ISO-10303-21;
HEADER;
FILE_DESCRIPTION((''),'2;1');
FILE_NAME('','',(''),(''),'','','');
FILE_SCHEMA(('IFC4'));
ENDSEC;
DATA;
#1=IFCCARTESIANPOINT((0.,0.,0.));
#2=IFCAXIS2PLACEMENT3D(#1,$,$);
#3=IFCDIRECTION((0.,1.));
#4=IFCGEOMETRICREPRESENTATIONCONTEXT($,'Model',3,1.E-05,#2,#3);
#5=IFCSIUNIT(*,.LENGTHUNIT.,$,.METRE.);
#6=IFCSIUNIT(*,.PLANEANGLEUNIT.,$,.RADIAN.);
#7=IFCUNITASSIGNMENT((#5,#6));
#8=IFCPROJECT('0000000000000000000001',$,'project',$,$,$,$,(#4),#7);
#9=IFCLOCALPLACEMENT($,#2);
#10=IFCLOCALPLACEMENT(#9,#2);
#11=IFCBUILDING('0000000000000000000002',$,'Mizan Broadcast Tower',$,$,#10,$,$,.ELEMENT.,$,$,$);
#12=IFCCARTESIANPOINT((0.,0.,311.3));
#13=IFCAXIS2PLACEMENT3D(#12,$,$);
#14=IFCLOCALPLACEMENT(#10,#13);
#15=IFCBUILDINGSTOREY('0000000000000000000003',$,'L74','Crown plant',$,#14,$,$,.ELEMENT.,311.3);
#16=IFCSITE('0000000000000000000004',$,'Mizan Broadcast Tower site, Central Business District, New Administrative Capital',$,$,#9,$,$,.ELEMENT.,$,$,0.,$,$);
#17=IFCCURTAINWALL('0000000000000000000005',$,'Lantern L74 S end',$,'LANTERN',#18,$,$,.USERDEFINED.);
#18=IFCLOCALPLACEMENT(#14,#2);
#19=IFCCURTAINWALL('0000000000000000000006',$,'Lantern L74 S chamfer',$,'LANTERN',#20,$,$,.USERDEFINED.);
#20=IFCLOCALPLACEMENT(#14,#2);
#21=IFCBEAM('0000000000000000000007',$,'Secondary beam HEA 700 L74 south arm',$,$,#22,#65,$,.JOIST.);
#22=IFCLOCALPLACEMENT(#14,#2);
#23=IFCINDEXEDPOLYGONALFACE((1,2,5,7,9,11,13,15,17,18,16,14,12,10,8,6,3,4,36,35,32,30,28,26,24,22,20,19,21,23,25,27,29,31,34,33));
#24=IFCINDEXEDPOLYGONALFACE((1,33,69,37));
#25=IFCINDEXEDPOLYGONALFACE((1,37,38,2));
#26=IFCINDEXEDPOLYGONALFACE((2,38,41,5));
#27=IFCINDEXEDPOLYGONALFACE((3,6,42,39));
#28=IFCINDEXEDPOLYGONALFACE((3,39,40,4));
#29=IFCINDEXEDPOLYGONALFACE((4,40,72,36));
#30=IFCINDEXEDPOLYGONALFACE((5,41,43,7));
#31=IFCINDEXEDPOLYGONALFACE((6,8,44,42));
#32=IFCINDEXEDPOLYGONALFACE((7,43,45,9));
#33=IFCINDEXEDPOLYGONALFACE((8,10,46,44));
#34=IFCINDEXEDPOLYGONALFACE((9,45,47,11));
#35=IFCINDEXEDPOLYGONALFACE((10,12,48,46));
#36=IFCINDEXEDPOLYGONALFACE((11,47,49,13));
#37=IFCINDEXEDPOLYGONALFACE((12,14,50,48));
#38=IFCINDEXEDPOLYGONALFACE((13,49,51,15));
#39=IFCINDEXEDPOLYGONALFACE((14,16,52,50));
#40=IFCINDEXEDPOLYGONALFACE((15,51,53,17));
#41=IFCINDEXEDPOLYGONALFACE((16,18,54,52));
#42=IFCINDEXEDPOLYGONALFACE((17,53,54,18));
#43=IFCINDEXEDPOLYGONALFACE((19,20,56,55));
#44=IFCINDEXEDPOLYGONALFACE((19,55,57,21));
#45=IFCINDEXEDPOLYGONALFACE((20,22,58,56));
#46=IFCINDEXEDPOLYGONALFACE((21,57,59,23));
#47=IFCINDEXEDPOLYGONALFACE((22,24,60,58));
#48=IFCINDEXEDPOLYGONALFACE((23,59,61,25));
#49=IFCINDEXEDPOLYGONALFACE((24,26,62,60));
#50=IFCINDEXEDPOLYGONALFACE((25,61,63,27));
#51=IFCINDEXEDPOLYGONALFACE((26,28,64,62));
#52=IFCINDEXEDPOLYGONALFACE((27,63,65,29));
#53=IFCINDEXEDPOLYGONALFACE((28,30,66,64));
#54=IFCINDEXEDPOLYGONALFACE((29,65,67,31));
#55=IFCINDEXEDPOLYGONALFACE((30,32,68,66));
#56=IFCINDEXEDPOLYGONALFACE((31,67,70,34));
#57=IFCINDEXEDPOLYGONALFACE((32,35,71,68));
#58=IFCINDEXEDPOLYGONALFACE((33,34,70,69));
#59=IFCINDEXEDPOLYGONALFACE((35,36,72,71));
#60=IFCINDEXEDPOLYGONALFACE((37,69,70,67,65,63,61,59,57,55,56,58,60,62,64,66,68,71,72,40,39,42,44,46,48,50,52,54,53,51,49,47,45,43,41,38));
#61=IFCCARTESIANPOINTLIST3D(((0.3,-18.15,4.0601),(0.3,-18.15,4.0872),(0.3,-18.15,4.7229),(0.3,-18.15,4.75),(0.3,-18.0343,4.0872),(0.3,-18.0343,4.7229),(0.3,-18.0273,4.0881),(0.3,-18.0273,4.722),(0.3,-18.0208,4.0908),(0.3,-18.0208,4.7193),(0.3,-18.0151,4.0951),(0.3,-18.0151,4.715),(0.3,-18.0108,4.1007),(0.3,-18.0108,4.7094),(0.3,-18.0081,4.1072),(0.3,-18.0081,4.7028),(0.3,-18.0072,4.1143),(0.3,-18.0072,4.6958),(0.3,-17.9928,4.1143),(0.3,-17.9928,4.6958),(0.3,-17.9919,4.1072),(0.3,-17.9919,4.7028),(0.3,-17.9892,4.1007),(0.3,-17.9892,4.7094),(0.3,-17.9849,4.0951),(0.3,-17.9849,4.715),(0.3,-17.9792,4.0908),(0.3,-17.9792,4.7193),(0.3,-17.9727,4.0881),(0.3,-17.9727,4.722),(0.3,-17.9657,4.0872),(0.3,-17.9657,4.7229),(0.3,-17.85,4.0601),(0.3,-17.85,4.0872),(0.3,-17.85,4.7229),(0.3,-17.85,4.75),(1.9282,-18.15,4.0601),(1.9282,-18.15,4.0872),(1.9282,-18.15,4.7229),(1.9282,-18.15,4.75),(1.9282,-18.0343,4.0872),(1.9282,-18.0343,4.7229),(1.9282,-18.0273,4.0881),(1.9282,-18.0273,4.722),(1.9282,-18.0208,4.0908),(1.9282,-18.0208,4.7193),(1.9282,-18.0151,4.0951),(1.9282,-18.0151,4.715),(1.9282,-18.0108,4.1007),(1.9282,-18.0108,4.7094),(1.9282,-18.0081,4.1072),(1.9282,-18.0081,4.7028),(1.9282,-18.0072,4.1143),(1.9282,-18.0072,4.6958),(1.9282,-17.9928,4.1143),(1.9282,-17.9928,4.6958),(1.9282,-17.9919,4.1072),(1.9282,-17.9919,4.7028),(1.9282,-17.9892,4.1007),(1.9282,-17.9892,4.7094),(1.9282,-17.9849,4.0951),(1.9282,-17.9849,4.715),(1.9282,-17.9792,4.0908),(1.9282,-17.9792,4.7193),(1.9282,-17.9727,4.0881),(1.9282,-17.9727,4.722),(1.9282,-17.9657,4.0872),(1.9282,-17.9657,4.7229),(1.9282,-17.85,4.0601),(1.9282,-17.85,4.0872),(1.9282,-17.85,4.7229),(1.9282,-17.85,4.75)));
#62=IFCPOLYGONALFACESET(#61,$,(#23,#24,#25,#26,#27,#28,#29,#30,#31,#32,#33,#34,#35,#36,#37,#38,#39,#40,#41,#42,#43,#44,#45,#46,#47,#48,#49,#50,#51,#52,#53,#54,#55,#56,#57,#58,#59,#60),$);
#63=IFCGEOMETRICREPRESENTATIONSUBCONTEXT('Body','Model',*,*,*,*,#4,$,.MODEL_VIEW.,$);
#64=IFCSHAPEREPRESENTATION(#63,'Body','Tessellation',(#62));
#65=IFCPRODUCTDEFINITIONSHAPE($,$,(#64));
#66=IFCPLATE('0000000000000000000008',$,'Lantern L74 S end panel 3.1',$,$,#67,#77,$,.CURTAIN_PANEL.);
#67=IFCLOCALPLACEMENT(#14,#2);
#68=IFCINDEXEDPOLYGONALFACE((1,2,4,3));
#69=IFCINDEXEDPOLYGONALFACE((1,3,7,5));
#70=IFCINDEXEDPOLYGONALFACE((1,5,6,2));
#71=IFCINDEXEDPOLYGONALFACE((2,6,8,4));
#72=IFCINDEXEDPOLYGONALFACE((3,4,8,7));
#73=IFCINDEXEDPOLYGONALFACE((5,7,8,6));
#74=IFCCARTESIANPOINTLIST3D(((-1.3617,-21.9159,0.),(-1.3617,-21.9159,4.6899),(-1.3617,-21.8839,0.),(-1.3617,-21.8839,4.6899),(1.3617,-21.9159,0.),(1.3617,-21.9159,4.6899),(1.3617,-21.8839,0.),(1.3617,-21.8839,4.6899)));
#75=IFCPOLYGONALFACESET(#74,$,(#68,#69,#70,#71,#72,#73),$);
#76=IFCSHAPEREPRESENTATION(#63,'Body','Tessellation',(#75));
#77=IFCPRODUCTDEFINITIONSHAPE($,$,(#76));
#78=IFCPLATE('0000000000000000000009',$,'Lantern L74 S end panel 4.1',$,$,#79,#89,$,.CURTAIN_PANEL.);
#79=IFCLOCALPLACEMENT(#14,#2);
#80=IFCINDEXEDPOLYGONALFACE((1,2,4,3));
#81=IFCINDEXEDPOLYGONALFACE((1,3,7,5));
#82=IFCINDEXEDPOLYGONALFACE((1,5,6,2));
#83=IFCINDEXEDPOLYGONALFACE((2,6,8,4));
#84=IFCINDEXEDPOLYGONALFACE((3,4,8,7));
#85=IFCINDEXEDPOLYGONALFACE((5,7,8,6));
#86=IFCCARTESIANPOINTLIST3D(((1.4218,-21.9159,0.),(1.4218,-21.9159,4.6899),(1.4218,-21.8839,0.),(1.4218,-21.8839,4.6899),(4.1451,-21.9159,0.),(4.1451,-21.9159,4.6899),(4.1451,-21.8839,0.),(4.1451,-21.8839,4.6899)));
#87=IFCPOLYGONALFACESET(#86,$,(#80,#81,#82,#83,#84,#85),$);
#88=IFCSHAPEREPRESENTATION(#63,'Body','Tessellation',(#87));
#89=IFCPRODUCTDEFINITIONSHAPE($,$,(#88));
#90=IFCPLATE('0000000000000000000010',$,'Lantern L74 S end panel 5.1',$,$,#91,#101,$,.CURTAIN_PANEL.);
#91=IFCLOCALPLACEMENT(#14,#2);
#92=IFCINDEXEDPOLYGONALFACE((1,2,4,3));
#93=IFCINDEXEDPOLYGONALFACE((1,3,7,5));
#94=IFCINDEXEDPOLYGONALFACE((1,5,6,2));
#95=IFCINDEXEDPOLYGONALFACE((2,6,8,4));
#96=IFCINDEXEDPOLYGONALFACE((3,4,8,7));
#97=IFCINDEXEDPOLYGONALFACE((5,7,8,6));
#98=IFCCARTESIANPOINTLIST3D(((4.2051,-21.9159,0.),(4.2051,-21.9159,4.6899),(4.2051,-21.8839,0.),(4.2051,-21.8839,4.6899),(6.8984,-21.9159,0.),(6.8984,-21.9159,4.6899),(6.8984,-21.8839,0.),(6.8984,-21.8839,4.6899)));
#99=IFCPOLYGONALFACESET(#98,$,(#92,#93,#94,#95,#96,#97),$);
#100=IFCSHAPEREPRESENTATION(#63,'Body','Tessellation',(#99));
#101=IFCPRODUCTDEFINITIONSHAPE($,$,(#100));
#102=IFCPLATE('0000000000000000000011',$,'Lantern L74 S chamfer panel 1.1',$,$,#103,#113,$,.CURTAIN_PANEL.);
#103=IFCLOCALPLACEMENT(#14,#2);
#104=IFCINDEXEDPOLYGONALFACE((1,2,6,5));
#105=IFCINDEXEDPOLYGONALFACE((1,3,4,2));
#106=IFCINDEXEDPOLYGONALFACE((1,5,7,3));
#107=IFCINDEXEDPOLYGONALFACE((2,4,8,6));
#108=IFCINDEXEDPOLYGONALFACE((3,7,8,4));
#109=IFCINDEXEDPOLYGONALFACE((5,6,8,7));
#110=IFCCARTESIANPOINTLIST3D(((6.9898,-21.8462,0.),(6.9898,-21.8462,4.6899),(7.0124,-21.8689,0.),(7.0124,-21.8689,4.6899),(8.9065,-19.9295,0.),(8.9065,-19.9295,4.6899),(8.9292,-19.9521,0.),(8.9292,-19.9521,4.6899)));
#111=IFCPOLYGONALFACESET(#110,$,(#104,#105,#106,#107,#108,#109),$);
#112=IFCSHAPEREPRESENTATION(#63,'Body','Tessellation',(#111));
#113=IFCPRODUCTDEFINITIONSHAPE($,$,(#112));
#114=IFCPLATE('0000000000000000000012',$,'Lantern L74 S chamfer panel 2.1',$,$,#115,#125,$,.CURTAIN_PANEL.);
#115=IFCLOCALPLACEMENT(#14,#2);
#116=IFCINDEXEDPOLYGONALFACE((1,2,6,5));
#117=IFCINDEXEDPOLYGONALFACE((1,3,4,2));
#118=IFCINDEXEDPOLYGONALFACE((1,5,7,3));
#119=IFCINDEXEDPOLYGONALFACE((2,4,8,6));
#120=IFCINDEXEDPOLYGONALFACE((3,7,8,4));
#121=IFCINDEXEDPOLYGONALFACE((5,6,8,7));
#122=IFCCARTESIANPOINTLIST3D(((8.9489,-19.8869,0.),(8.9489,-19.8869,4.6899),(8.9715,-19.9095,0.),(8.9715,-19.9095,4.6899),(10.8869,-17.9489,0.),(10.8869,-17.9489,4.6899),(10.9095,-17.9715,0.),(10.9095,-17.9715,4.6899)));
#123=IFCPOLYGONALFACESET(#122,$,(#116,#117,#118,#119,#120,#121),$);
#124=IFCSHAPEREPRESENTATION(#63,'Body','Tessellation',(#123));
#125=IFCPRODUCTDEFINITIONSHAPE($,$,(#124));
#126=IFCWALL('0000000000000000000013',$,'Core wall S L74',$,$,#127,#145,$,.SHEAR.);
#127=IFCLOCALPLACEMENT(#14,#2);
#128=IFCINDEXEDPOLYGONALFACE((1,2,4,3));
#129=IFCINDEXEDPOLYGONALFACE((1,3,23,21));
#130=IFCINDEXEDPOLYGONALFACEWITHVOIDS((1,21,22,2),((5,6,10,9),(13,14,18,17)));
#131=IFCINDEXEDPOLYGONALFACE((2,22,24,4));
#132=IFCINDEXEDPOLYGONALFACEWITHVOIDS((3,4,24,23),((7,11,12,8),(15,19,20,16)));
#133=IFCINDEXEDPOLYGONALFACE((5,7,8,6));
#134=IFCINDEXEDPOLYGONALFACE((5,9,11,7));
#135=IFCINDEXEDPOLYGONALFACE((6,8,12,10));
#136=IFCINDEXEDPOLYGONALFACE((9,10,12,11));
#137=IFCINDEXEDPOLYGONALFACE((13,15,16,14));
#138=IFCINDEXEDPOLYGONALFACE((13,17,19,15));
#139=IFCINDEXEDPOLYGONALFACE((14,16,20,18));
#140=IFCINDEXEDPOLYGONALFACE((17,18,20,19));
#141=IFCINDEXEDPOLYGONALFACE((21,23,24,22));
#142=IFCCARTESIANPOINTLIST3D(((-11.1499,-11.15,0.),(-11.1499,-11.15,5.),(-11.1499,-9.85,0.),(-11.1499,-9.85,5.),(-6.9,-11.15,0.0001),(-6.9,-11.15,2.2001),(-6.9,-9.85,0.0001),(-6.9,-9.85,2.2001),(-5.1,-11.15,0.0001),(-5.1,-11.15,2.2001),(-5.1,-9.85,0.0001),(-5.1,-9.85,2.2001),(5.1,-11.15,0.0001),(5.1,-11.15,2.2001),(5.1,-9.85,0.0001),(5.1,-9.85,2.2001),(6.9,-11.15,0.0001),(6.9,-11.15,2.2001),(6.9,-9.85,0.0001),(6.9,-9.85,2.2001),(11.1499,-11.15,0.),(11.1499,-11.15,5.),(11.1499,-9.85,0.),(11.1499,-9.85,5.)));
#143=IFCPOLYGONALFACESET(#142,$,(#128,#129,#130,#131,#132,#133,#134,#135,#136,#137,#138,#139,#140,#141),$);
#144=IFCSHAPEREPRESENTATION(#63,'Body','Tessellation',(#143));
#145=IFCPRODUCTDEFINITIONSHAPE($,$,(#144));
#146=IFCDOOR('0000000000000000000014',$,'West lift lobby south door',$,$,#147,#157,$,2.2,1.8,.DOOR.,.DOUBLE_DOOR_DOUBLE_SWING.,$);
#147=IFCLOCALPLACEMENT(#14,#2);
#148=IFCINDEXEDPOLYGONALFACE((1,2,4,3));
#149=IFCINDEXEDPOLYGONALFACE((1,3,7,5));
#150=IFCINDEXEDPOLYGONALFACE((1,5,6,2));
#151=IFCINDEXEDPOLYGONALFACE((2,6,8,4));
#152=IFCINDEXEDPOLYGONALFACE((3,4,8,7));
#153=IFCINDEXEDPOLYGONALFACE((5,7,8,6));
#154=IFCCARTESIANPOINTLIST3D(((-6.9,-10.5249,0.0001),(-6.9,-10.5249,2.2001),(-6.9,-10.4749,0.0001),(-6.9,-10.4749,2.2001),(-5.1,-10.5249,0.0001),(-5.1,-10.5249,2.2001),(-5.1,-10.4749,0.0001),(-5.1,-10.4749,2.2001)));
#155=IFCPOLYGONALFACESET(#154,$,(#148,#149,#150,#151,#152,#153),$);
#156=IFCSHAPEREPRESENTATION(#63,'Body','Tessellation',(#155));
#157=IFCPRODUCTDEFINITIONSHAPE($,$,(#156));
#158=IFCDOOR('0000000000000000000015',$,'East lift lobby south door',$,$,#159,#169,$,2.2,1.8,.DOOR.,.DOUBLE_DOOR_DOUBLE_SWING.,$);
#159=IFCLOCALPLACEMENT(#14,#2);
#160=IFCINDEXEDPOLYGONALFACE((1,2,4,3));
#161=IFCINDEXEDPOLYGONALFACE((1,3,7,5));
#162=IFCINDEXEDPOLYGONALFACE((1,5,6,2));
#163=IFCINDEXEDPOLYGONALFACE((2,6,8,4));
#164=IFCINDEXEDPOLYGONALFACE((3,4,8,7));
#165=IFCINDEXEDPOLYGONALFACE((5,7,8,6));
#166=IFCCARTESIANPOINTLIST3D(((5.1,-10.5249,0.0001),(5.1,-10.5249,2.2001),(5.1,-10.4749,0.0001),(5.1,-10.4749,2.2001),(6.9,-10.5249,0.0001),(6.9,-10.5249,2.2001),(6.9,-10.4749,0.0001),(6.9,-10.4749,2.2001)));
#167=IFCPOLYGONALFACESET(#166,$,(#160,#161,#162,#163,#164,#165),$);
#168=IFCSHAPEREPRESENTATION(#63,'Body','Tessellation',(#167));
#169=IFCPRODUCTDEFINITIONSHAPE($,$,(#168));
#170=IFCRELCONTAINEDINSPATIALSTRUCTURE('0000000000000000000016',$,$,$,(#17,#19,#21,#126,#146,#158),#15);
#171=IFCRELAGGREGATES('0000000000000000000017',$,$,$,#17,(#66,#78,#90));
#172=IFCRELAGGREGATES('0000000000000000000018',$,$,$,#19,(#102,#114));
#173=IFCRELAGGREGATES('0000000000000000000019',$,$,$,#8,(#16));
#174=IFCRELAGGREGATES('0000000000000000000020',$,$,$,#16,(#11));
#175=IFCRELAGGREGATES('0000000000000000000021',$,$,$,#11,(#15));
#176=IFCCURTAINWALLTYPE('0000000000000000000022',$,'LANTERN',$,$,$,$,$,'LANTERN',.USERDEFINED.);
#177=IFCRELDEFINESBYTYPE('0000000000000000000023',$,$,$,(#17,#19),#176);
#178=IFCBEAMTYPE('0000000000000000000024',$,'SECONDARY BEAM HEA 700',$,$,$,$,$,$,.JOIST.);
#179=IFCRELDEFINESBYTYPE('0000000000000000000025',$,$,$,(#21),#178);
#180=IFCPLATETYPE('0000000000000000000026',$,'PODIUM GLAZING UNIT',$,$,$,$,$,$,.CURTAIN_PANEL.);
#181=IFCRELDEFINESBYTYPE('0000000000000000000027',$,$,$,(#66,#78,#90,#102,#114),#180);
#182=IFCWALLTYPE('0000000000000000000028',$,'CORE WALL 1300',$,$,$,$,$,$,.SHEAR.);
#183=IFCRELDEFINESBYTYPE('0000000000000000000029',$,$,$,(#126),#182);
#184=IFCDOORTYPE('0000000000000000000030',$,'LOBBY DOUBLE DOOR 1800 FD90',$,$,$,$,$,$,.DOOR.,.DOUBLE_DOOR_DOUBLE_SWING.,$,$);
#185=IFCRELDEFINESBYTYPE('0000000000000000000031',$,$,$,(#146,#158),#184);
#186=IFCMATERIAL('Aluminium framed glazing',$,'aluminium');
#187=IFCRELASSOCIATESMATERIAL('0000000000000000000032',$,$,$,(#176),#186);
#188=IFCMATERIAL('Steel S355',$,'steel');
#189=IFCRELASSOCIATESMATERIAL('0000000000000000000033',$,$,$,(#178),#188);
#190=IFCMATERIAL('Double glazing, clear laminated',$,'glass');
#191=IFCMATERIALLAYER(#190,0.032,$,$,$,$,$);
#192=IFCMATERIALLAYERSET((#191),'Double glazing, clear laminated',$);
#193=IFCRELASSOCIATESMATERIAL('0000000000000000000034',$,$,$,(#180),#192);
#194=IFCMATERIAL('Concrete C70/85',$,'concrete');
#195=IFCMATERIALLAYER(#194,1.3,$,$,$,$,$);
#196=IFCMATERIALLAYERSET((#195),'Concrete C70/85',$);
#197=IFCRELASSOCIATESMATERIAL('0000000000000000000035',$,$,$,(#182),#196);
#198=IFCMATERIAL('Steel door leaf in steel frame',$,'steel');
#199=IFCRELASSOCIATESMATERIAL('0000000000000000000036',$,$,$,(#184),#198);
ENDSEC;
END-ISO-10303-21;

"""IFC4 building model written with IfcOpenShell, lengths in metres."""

from ifc_helpers import new_model, si_unit, direction, frame, frame_2d, origin, origin_2d, place, context, subcontext, project, spatial, rectangle, i_section, extrude, material, layer, layer_set, material_profile, profile_set, type_object, element, fill, aggregate, save


model = new_model("IFC4")

# Units and contexts
model_context = context("Model", 3, precision=1e-05, world=origin(), true_north=direction((0.0, 1.0)))
body_context = subcontext(model_context, "Body", "Model", "MODEL_VIEW")
ifc_project = project(units=[si_unit("LENGTHUNIT", "METRE"), si_unit("PLANEANGLEUNIT", "RADIAN")], contexts=[model_context])

# Site, building, storey
site_placement = place(None, origin())
site = spatial("IfcSite", under=ifc_project, at=site_placement, Name="Mizan Broadcast Tower site, Central Business District, New Administrative Capital", CompositionType="ELEMENT", RefElevation=0.0)
building_placement = place(site_placement, origin())
building = spatial("IfcBuilding", under=site, at=building_placement, Name="Mizan Broadcast Tower", CompositionType="ELEMENT")
storey_placement = place(building_placement, frame((0.0, 0.0, 311.3)))
storey = spatial("IfcBuildingStorey", under=building, at=storey_placement, Name="L74", Description="Crown plant", CompositionType="ELEMENT", Elevation=311.3)

# Curtain walls
ifc_material_1 = material(Name="Aluminium framed glazing", Category="aluminium")
curtain_wall_type = type_object("IfcCurtainWallType", Name="LANTERN", ElementType="LANTERN", PredefinedType="USERDEFINED", material=ifc_material_1)
curtain_wall_1_placement = place(storey_placement, origin())
curtain_wall_1 = element("IfcCurtainWall", 1, at=curtain_wall_1_placement, inside=storey, type_object=curtain_wall_type, Name="Lantern L74 S end", ObjectType="LANTERN", PredefinedType="USERDEFINED")
curtain_wall_2_placement = place(storey_placement, origin())
curtain_wall_2 = element("IfcCurtainWall", 2, at=curtain_wall_2_placement, inside=storey, type_object=curtain_wall_type, Name="Lantern L74 S chamfer", ObjectType="LANTERN", PredefinedType="USERDEFINED")

# Beam
ifc_material_2 = material(Name="Steel S355", Category="steel")
ifc_material_profile_1 = material_profile(ifc_material_2, i_section(OverallWidth=0.3, OverallDepth=0.6899, WebThickness=0.0144, FlangeThickness=0.0271, FilletRadius=0.0271, at=origin_2d()), Name="HEA 700")
ifc_profile_set_1 = profile_set([ifc_material_profile_1], Name="Steel S355")
beam_type_1 = type_object("IfcBeamType", Name="SECONDARY BEAM HEA 700", PredefinedType="JOIST", material=ifc_profile_set_1)
beam_1_placement = place(storey_placement, frame((1.9282, -18.0, 4.405), z_axis=(-1.0, 0.0, 0.0), x_axis=(0.0, -1.0, 0.0)))
element("IfcBeam", 3, at=beam_1_placement, inside=storey, type_object=beam_type_1, Name="Secondary beam HEA 700 L74 south arm", PredefinedType="JOIST", context=body_context, shape_type="SweptSolid", body=[
    extrude(i_section(OverallWidth=0.3, OverallDepth=0.6899, WebThickness=0.0144, FlangeThickness=0.0271, FilletRadius=0.0271, at=origin_2d()), origin(), (0.0, 0.0, 1.0), 1.6282),
])

# Plates
ifc_material_3 = material(Name="Double glazing, clear laminated", Category="glass")
ifc_layer_1 = layer(ifc_material_3, 0.032)
ifc_layer_set_1 = layer_set([ifc_layer_1], Name="Double glazing, clear laminated")
plate_type = type_object("IfcPlateType", Name="PODIUM GLAZING UNIT", PredefinedType="CURTAIN_PANEL", material=ifc_layer_set_1)
plate_1_placement = place(storey_placement, frame((0.0, -21.8999, 0.0), z_axis=(0.0, 0.0, 1.0), x_axis=(1.0, 0.0, 0.0)))
plate_1 = element("IfcPlate", 4, at=plate_1_placement, type_object=plate_type, Name="Lantern L74 S end panel 3.1", PredefinedType="CURTAIN_PANEL", context=body_context, shape_type="SweptSolid", body=[
    extrude(rectangle(XDim=2.7234, YDim=0.032, at=origin_2d()), origin(), (0.0, 0.0, 1.0), 4.6899),
])
plate_2_placement = place(storey_placement, frame((2.7834, -21.8999, 0.0), z_axis=(0.0, 0.0, 1.0), x_axis=(1.0, 0.0, 0.0)))
plate_2 = element("IfcPlate", 5, at=plate_2_placement, type_object=plate_type, Name="Lantern L74 S end panel 4.1", PredefinedType="CURTAIN_PANEL", context=body_context, shape_type="SweptSolid", body=[
    extrude(rectangle(XDim=2.7234, YDim=0.032, at=origin_2d()), origin(), (0.0, 0.0, 1.0), 4.6899),
])
plate_3_placement = place(storey_placement, frame((5.5518, -21.8999, 0.0), z_axis=(0.0, 0.0, 1.0), x_axis=(1.0, 0.0, 0.0)))
plate_3 = element("IfcPlate", 6, at=plate_3_placement, type_object=plate_type, Name="Lantern L74 S end panel 5.1", PredefinedType="CURTAIN_PANEL", context=body_context, shape_type="SweptSolid", body=[
    extrude(rectangle(XDim=2.6934, YDim=0.032, at=origin_2d()), origin(), (0.0, 0.0, 1.0), 4.6899),
])
aggregate(curtain_wall_1, [plate_1, plate_2, plate_3])
plate_4_placement = place(storey_placement, frame((7.9595, -20.8992, 0.0), z_axis=(0.0, 0.0, 1.0), x_axis=(0.707107, 0.707107, 0.0)))
plate_4 = element("IfcPlate", 7, at=plate_4_placement, type_object=plate_type, Name="Lantern L74 S chamfer panel 1.1", PredefinedType="CURTAIN_PANEL", context=body_context, shape_type="SweptSolid", body=[
    extrude(rectangle(XDim=2.7107, YDim=0.032, at=origin_2d()), origin(), (0.0, 0.0, 1.0), 4.6899),
])
plate_5_placement = place(storey_placement, frame((9.9292, -18.9292, 0.0), z_axis=(0.0, 0.0, 1.0), x_axis=(0.707107, 0.707107, 0.0)))
plate_5 = element("IfcPlate", 8, at=plate_5_placement, type_object=plate_type, Name="Lantern L74 S chamfer panel 2.1", PredefinedType="CURTAIN_PANEL", context=body_context, shape_type="SweptSolid", body=[
    extrude(rectangle(XDim=2.7407, YDim=0.032, at=origin_2d()), origin(), (0.0, 0.0, 1.0), 4.6899),
])
aggregate(curtain_wall_2, [plate_4, plate_5])

# Wall, openings, doors
ifc_material_4 = material(Name="Concrete C70/85", Category="concrete")
ifc_layer_2 = layer(ifc_material_4, 1.3)
ifc_layer_set_2 = layer_set([ifc_layer_2], Name="Concrete C70/85")
wall_type_1 = type_object("IfcWallType", Name="CORE WALL 1300", PredefinedType="SHEAR", material=ifc_layer_set_2)
wall_1_placement = place(storey_placement, frame((11.1499, -10.5, 0.0), z_axis=(0.0, 0.0, 1.0), x_axis=(-1.0, 0.0, 0.0)))
wall_1 = element("IfcWall", 9, at=wall_1_placement, inside=storey, type_object=wall_type_1, Name="Core wall S L74", PredefinedType="SHEAR", context=body_context, shape_type="SweptSolid", body=[
    extrude(rectangle(XDim=22.2998, YDim=1.3, at=frame_2d((11.1499, 0.0))), origin(), (0.0, 0.0, 1.0), 5.0),
])
opening_1_placement = place(wall_1_placement, frame((16.25, 0.0, 0.0)))
opening_1 = element("IfcOpeningElement", 10, at=opening_1_placement, cuts=wall_1, PredefinedType="OPENING", context=body_context, shape_type="SweptSolid", body=[
    extrude(rectangle(XDim=1.8, YDim=2.2, at=frame_2d((0.8999, 1.1001))), frame((0.0, 0.6599, 0.0), z_axis=(0.0, -1.0, 0.0), x_axis=(1.0, 0.0, 0.0)), (0.0, 0.0, 1.0), 1.3201),
])
opening_2_placement = place(wall_1_placement, frame((4.25, 0.0, 0.0)))
opening_2 = element("IfcOpeningElement", 11, at=opening_2_placement, cuts=wall_1, PredefinedType="OPENING", context=body_context, shape_type="SweptSolid", body=[
    extrude(rectangle(XDim=1.8, YDim=2.2, at=frame_2d((0.8999, 1.1001))), frame((0.0, 0.6599, 0.0), z_axis=(0.0, -1.0, 0.0), x_axis=(1.0, 0.0, 0.0)), (0.0, 0.0, 1.0), 1.3201),
])
ifc_material_5 = material(Name="Steel door leaf in steel frame", Category="steel")
door_type_1 = type_object("IfcDoorType", Name="LOBBY DOUBLE DOOR 1800 FD90", OperationType="DOUBLE_DOOR_DOUBLE_SWING", PredefinedType="DOOR", material=ifc_material_5)
door_1_placement = place(opening_1_placement, origin())
door_1 = element("IfcDoor", 12, at=door_1_placement, inside=storey, type_object=door_type_1, Name="West lift lobby south door", OperationType="DOUBLE_DOOR_DOUBLE_SWING", OverallHeight=2.2, OverallWidth=1.8, PredefinedType="DOOR", context=body_context, shape_type="SweptSolid", body=[
    extrude(rectangle(XDim=1.8, YDim=2.2, at=frame_2d((0.8999, 1.1001))), frame((0.0, 0.0249, 0.0), z_axis=(0.0, -1.0, 0.0), x_axis=(1.0, 0.0, 0.0)), (0.0, 0.0, 1.0), 0.05),
])
fill(opening_1, door_1)
door_2_placement = place(opening_2_placement, origin())
door_2 = element("IfcDoor", 13, at=door_2_placement, inside=storey, type_object=door_type_1, Name="East lift lobby south door", OperationType="DOUBLE_DOOR_DOUBLE_SWING", OverallHeight=2.2, OverallWidth=1.8, PredefinedType="DOOR", context=body_context, shape_type="SweptSolid", body=[
    extrude(rectangle(XDim=1.8, YDim=2.2, at=frame_2d((0.8999, 1.1001))), frame((0.0, 0.0249, 0.0), z_axis=(0.0, -1.0, 0.0), x_axis=(1.0, 0.0, 0.0)), (0.0, 0.0, 1.0), 0.05),
])
fill(opening_2, door_2)

save(model, "model.ifc")
